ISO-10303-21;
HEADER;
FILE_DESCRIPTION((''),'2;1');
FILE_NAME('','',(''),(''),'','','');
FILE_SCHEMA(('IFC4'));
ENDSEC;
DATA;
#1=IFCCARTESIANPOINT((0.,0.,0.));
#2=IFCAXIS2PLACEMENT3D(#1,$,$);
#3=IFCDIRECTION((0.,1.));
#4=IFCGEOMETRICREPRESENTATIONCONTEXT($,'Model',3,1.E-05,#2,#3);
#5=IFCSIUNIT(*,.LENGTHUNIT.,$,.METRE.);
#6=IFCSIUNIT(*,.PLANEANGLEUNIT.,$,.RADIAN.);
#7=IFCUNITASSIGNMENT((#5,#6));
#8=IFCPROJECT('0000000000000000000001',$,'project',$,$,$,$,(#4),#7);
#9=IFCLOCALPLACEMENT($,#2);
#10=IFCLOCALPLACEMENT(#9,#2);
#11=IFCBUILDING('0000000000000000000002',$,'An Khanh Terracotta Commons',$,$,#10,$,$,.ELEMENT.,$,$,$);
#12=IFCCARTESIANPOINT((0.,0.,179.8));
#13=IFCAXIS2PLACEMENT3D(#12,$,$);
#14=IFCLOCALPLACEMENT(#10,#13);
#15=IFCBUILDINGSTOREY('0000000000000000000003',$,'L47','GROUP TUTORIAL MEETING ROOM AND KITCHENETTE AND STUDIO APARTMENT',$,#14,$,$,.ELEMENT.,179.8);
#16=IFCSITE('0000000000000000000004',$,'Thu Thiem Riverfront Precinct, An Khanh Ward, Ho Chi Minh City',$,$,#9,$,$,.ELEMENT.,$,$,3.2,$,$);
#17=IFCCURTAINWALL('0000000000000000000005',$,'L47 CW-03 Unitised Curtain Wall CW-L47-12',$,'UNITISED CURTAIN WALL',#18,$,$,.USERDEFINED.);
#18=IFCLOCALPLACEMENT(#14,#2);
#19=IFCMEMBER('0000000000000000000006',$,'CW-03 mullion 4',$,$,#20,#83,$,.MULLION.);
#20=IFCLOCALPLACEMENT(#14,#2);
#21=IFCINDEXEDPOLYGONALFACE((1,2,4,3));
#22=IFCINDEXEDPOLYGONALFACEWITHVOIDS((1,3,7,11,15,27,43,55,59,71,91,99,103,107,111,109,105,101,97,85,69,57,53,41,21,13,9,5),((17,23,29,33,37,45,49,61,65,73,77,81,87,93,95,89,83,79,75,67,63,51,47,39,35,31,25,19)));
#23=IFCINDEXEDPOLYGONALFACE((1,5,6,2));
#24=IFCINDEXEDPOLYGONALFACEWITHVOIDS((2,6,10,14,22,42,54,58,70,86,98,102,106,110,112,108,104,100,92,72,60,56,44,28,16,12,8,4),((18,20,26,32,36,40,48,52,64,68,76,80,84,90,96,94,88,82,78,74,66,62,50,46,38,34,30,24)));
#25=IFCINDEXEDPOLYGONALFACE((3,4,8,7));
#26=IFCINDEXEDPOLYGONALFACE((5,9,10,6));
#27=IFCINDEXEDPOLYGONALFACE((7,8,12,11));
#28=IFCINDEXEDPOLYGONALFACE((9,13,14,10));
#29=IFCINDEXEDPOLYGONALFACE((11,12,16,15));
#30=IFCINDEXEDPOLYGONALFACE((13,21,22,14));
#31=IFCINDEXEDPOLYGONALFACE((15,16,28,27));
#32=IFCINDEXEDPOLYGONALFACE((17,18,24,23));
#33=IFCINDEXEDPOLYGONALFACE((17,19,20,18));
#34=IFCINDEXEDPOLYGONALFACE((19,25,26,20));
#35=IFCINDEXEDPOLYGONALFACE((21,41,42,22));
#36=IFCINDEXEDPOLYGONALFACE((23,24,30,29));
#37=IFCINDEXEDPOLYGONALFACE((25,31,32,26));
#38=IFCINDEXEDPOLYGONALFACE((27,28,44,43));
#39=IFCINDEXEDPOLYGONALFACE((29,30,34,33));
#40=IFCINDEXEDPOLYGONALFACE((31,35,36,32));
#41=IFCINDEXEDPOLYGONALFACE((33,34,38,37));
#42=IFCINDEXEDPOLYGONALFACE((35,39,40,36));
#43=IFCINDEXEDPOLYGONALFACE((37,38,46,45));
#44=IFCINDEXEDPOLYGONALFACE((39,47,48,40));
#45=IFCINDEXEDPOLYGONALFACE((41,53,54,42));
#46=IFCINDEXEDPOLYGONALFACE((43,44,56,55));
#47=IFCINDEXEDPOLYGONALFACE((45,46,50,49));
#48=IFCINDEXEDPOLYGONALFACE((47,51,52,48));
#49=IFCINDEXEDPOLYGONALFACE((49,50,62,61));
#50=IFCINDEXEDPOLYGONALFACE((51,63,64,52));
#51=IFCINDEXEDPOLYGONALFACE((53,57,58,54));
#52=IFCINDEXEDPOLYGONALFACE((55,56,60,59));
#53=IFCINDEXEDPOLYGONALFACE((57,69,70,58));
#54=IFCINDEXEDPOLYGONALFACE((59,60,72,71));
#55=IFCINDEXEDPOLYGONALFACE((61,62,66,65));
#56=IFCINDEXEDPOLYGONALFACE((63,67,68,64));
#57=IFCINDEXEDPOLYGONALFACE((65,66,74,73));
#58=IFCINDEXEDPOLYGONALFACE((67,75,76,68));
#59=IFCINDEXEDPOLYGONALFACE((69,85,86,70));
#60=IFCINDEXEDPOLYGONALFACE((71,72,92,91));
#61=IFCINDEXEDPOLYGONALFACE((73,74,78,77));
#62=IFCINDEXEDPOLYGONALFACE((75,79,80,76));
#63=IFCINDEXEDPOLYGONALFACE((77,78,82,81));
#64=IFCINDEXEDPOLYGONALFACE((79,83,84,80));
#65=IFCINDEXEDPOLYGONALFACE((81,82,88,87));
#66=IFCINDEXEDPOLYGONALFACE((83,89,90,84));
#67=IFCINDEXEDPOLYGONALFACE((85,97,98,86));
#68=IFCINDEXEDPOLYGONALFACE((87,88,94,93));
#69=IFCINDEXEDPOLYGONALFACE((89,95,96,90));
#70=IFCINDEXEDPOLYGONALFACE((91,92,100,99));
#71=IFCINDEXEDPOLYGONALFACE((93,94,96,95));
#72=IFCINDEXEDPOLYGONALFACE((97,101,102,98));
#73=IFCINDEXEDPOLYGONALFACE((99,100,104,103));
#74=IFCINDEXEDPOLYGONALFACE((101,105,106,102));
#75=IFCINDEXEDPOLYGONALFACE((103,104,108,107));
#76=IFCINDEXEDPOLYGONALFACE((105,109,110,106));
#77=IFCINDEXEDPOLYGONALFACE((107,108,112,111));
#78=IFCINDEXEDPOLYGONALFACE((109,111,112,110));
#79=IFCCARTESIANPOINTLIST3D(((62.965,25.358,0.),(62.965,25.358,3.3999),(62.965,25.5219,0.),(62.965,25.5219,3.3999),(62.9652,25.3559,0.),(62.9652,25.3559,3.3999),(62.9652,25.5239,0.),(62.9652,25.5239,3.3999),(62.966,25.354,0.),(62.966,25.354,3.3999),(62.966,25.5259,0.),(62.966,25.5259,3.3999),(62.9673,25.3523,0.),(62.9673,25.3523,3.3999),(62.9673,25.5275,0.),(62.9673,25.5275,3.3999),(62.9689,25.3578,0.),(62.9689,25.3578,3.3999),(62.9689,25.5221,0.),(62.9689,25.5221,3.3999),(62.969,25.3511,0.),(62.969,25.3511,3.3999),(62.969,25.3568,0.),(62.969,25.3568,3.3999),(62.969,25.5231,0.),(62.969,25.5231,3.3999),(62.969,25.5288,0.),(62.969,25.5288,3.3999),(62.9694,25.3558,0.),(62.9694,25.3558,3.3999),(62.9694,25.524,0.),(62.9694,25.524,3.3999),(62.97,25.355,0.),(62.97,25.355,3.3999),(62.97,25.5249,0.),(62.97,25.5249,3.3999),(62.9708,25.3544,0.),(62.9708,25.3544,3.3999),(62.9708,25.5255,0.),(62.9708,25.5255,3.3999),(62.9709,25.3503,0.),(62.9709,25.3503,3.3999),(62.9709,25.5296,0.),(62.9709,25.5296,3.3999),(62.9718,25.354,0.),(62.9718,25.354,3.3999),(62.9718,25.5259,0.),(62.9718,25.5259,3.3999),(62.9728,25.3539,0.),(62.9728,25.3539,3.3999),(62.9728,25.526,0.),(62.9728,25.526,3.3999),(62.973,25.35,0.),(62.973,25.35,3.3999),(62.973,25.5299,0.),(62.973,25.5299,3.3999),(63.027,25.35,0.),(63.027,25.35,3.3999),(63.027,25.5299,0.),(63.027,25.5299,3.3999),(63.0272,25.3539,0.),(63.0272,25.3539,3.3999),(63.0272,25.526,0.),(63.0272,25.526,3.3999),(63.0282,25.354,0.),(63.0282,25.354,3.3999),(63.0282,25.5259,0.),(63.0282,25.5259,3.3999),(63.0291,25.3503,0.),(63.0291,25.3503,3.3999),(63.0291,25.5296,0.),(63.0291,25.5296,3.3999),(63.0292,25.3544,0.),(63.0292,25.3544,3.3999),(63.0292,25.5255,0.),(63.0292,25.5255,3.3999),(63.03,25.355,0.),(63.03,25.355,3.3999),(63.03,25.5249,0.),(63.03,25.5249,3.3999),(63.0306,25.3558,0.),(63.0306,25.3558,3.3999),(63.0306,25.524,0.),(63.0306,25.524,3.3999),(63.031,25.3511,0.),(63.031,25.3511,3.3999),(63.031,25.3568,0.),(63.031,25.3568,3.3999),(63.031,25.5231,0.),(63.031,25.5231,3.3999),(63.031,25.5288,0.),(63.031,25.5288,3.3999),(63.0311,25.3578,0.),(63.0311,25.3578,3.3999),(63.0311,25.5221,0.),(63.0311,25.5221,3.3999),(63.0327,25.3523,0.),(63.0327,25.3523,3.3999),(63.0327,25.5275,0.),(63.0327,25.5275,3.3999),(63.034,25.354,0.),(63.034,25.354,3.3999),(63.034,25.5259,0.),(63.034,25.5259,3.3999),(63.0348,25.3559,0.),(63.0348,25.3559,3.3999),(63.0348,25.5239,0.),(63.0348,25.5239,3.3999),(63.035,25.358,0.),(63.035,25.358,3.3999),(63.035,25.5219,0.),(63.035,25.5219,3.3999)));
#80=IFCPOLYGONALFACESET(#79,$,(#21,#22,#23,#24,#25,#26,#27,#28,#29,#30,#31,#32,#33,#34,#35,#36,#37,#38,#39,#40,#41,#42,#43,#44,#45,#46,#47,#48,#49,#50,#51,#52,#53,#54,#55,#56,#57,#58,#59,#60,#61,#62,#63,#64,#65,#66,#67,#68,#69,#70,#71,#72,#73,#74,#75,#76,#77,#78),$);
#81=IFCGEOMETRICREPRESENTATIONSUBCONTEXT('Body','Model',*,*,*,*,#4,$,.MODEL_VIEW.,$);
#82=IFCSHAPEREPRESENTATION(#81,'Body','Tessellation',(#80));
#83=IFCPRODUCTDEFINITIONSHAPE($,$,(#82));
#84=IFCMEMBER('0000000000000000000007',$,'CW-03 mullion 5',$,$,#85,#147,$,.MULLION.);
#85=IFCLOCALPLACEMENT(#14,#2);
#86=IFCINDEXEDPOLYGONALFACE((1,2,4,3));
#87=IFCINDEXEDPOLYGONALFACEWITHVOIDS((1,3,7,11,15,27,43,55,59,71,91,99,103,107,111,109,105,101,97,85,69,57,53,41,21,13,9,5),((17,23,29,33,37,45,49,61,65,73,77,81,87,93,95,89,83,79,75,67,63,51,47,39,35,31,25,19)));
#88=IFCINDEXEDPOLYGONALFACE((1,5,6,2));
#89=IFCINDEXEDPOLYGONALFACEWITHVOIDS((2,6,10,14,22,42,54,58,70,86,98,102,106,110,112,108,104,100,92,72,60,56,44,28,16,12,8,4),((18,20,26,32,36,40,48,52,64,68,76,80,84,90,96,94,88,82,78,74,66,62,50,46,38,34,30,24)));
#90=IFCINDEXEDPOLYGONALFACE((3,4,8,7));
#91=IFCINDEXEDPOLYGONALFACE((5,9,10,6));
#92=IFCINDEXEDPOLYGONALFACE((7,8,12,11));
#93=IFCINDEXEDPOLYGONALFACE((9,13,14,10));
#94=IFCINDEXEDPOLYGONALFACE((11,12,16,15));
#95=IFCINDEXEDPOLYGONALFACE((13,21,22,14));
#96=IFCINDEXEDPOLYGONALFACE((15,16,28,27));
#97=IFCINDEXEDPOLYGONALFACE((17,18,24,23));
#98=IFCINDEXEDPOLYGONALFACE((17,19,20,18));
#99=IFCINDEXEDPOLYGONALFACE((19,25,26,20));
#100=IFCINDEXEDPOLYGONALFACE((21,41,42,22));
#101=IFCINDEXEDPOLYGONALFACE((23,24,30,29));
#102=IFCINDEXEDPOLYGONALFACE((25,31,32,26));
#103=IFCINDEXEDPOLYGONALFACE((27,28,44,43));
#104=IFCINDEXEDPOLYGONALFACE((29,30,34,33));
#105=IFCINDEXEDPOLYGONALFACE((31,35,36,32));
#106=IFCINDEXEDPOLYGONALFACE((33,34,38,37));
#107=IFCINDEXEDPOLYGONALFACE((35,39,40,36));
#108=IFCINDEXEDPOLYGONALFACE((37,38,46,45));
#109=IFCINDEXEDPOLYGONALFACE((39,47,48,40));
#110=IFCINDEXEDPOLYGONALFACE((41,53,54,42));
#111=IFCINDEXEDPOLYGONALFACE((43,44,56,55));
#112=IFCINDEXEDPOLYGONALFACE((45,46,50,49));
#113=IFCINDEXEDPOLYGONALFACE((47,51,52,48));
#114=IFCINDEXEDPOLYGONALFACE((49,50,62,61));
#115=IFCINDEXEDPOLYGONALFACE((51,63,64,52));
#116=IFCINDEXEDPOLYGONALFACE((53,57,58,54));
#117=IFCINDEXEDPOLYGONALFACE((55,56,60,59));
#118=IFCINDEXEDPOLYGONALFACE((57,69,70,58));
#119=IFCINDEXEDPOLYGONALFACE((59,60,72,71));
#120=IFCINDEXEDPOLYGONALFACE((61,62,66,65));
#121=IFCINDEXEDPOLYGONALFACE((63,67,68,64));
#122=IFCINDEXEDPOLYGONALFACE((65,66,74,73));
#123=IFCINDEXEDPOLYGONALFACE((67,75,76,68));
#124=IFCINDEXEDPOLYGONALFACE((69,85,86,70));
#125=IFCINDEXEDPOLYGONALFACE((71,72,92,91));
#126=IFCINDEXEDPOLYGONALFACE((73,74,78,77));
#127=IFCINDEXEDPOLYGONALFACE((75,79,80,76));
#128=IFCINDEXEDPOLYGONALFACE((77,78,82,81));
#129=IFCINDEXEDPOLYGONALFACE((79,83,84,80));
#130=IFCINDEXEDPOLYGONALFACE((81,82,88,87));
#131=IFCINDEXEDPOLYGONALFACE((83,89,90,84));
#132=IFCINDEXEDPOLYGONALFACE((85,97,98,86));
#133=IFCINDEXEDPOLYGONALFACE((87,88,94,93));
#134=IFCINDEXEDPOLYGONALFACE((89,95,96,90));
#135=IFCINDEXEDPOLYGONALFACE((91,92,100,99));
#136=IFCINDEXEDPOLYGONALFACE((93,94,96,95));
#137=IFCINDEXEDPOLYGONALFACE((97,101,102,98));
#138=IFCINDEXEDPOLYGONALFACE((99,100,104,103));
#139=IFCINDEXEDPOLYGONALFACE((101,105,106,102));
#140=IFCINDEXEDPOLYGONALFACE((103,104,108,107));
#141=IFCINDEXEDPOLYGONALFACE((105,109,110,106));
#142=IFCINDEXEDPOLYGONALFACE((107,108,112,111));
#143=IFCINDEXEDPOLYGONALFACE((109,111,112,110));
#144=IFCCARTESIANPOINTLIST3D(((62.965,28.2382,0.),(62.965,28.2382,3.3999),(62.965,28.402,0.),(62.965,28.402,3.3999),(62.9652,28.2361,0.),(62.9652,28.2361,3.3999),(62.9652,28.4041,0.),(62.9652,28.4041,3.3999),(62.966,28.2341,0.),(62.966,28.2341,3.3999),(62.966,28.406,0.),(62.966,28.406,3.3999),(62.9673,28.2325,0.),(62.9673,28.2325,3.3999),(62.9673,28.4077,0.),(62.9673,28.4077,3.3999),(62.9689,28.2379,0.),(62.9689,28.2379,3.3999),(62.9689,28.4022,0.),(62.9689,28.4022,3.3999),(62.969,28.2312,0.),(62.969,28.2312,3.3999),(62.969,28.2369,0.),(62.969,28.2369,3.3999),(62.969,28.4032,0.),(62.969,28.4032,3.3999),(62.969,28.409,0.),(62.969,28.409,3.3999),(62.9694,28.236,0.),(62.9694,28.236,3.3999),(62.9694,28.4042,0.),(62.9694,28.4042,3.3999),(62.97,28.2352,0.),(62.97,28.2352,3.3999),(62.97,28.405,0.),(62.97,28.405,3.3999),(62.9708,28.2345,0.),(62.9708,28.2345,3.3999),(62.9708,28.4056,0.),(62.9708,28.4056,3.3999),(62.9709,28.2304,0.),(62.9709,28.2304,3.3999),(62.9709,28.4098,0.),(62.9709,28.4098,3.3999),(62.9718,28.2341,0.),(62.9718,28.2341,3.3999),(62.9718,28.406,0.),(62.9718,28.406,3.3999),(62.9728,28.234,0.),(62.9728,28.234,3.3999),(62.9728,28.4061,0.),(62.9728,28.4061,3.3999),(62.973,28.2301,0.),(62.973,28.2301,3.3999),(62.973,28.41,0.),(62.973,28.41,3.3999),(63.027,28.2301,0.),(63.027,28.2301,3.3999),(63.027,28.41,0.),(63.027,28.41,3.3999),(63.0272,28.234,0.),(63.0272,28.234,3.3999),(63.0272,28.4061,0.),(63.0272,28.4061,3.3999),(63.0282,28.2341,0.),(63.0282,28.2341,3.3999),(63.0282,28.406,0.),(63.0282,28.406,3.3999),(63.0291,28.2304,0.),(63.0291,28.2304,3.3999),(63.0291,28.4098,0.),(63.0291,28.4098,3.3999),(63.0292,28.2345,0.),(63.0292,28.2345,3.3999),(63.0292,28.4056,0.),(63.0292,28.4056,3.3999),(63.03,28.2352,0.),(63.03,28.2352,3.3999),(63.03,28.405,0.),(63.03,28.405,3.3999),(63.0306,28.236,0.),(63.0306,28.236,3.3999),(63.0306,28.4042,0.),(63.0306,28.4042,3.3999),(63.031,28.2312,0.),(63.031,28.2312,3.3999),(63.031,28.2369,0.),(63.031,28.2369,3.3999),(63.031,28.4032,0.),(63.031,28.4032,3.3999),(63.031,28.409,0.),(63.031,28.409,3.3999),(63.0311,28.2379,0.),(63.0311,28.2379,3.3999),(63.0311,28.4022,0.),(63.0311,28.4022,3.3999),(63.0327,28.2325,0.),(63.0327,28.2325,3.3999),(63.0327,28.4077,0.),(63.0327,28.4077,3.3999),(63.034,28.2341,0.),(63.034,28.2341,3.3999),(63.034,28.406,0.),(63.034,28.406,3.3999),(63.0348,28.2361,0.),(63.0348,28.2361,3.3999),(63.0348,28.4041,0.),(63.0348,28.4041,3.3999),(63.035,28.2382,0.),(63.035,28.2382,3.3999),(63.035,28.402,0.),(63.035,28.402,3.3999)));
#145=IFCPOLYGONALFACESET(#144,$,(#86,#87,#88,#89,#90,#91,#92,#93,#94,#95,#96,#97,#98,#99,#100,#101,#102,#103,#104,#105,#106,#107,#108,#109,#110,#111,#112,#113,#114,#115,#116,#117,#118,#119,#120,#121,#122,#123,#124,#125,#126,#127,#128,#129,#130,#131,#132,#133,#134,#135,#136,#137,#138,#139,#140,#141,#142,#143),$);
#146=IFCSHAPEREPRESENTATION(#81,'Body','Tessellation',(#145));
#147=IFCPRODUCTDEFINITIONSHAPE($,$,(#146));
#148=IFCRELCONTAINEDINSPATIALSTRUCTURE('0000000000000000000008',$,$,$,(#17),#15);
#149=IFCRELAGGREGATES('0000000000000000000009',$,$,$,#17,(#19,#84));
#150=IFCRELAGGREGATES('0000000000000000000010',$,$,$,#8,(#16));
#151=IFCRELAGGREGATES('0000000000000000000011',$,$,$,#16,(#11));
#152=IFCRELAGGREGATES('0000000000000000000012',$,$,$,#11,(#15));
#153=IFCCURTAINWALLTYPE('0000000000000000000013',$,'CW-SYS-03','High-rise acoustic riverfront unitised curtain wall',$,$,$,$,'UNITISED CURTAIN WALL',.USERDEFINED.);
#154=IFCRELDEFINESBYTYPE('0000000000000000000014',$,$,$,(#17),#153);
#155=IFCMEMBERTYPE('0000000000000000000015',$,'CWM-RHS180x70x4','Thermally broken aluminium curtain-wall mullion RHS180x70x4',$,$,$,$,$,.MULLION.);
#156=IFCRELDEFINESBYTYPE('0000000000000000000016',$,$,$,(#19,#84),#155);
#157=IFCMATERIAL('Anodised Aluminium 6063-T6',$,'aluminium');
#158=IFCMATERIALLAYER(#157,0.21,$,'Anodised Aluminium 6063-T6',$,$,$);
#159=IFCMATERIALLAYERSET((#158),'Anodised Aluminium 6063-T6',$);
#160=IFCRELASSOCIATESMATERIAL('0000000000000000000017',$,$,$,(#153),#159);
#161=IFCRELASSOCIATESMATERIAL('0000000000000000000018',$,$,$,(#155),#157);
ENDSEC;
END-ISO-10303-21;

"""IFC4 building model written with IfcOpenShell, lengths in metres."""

from ifc_helpers import new_model, si_unit, direction, frame, origin, origin_2d, place, context, subcontext, project, spatial, hollow_rectangle, extrude, material, layer, layer_set, material_profile, profile_set, type_object, element, aggregate, save


model = new_model("IFC4")

# Units and contexts
model_context = context("Model", 3, precision=1e-05, world=origin(), true_north=direction((0.0, 1.0)))
body_context = subcontext(model_context, "Body", "Model", "MODEL_VIEW")
ifc_project = project(units=[si_unit("LENGTHUNIT", "METRE"), si_unit("PLANEANGLEUNIT", "RADIAN")], contexts=[model_context])

# Site, building, storey
site_placement = place(None, origin())
site = spatial("IfcSite", under=ifc_project, at=site_placement, Name="Thu Thiem Riverfront Precinct, An Khanh Ward, Ho Chi Minh City", CompositionType="ELEMENT", RefElevation=3.2)
building_placement = place(site_placement, origin())
building = spatial("IfcBuilding", under=site, at=building_placement, Name="An Khanh Terracotta Commons", CompositionType="ELEMENT")
storey_placement = place(building_placement, frame((0.0, 0.0, 179.8)))
storey = spatial("IfcBuildingStorey", under=building, at=storey_placement, Name="L47", Description="GROUP TUTORIAL MEETING ROOM AND KITCHENETTE AND STUDIO APARTMENT", CompositionType="ELEMENT", Elevation=179.8)

# Curtain wall, members
ifc_material_1 = material(Name="Anodised Aluminium 6063-T6", Category="aluminium")
ifc_layer_1 = layer(ifc_material_1, 0.21, Name="Anodised Aluminium 6063-T6")
ifc_layer_set_1 = layer_set([ifc_layer_1], Name="Anodised Aluminium 6063-T6")
curtain_wall_type = type_object("IfcCurtainWallType", Name="CW-SYS-03", Description="High-rise acoustic riverfront unitised curtain wall", ElementType="UNITISED CURTAIN WALL", PredefinedType="USERDEFINED", material=ifc_layer_set_1)
curtain_wall_1_placement = place(storey_placement, origin())
curtain_wall_1 = element("IfcCurtainWall", 1, at=curtain_wall_1_placement, inside=storey, type_object=curtain_wall_type, Name="L47 CW-03 Unitised Curtain Wall CW-L47-12", ObjectType="UNITISED CURTAIN WALL", PredefinedType="USERDEFINED")
ifc_material_profile_1 = material_profile(ifc_material_1, hollow_rectangle(XDim=0.0701, YDim=0.1799, WallThickness=0.0039, InnerFilletRadius=0.0039, OuterFilletRadius=0.0081, at=origin_2d()), Name="RHS180x70x4")
ifc_profile_set_1 = profile_set([ifc_material_profile_1], Name="Anodised Aluminium 6063-T6")
member_type_1 = type_object("IfcMemberType", Name="CWM-RHS180x70x4", Description="Thermally broken aluminium curtain-wall mullion RHS180x70x4", PredefinedType="MULLION", material=ifc_profile_set_1)
member_1_placement = place(storey_placement, frame((63.0, 25.4399, 0.0), z_axis=(0.0, 0.0, 1.0), x_axis=(-1.0, 0.0, 0.0)))
member_1 = element("IfcMember", 2, at=member_1_placement, type_object=member_type_1, Name="CW-03 mullion 4", PredefinedType="MULLION", context=body_context, shape_type="SweptSolid", body=[
    extrude(hollow_rectangle(XDim=0.0701, YDim=0.1799, WallThickness=0.0039, InnerFilletRadius=0.0039, OuterFilletRadius=0.0081, at=origin_2d()), origin(), (0.0, 0.0, 1.0), 3.3999),
])
member_2_placement = place(storey_placement, frame((63.0, 28.3201, 0.0), z_axis=(0.0, 0.0, 1.0), x_axis=(-1.0, 0.0, 0.0)))
member_2 = element("IfcMember", 3, at=member_2_placement, type_object=member_type_1, Name="CW-03 mullion 5", PredefinedType="MULLION", context=body_context, shape_type="SweptSolid", body=[
    extrude(hollow_rectangle(XDim=0.0701, YDim=0.1799, WallThickness=0.0039, InnerFilletRadius=0.0039, OuterFilletRadius=0.0081, at=origin_2d()), origin(), (0.0, 0.0, 1.0), 3.3999),
])

aggregate(curtain_wall_1, [member_1, member_2])

save(model, "model.ifc")
